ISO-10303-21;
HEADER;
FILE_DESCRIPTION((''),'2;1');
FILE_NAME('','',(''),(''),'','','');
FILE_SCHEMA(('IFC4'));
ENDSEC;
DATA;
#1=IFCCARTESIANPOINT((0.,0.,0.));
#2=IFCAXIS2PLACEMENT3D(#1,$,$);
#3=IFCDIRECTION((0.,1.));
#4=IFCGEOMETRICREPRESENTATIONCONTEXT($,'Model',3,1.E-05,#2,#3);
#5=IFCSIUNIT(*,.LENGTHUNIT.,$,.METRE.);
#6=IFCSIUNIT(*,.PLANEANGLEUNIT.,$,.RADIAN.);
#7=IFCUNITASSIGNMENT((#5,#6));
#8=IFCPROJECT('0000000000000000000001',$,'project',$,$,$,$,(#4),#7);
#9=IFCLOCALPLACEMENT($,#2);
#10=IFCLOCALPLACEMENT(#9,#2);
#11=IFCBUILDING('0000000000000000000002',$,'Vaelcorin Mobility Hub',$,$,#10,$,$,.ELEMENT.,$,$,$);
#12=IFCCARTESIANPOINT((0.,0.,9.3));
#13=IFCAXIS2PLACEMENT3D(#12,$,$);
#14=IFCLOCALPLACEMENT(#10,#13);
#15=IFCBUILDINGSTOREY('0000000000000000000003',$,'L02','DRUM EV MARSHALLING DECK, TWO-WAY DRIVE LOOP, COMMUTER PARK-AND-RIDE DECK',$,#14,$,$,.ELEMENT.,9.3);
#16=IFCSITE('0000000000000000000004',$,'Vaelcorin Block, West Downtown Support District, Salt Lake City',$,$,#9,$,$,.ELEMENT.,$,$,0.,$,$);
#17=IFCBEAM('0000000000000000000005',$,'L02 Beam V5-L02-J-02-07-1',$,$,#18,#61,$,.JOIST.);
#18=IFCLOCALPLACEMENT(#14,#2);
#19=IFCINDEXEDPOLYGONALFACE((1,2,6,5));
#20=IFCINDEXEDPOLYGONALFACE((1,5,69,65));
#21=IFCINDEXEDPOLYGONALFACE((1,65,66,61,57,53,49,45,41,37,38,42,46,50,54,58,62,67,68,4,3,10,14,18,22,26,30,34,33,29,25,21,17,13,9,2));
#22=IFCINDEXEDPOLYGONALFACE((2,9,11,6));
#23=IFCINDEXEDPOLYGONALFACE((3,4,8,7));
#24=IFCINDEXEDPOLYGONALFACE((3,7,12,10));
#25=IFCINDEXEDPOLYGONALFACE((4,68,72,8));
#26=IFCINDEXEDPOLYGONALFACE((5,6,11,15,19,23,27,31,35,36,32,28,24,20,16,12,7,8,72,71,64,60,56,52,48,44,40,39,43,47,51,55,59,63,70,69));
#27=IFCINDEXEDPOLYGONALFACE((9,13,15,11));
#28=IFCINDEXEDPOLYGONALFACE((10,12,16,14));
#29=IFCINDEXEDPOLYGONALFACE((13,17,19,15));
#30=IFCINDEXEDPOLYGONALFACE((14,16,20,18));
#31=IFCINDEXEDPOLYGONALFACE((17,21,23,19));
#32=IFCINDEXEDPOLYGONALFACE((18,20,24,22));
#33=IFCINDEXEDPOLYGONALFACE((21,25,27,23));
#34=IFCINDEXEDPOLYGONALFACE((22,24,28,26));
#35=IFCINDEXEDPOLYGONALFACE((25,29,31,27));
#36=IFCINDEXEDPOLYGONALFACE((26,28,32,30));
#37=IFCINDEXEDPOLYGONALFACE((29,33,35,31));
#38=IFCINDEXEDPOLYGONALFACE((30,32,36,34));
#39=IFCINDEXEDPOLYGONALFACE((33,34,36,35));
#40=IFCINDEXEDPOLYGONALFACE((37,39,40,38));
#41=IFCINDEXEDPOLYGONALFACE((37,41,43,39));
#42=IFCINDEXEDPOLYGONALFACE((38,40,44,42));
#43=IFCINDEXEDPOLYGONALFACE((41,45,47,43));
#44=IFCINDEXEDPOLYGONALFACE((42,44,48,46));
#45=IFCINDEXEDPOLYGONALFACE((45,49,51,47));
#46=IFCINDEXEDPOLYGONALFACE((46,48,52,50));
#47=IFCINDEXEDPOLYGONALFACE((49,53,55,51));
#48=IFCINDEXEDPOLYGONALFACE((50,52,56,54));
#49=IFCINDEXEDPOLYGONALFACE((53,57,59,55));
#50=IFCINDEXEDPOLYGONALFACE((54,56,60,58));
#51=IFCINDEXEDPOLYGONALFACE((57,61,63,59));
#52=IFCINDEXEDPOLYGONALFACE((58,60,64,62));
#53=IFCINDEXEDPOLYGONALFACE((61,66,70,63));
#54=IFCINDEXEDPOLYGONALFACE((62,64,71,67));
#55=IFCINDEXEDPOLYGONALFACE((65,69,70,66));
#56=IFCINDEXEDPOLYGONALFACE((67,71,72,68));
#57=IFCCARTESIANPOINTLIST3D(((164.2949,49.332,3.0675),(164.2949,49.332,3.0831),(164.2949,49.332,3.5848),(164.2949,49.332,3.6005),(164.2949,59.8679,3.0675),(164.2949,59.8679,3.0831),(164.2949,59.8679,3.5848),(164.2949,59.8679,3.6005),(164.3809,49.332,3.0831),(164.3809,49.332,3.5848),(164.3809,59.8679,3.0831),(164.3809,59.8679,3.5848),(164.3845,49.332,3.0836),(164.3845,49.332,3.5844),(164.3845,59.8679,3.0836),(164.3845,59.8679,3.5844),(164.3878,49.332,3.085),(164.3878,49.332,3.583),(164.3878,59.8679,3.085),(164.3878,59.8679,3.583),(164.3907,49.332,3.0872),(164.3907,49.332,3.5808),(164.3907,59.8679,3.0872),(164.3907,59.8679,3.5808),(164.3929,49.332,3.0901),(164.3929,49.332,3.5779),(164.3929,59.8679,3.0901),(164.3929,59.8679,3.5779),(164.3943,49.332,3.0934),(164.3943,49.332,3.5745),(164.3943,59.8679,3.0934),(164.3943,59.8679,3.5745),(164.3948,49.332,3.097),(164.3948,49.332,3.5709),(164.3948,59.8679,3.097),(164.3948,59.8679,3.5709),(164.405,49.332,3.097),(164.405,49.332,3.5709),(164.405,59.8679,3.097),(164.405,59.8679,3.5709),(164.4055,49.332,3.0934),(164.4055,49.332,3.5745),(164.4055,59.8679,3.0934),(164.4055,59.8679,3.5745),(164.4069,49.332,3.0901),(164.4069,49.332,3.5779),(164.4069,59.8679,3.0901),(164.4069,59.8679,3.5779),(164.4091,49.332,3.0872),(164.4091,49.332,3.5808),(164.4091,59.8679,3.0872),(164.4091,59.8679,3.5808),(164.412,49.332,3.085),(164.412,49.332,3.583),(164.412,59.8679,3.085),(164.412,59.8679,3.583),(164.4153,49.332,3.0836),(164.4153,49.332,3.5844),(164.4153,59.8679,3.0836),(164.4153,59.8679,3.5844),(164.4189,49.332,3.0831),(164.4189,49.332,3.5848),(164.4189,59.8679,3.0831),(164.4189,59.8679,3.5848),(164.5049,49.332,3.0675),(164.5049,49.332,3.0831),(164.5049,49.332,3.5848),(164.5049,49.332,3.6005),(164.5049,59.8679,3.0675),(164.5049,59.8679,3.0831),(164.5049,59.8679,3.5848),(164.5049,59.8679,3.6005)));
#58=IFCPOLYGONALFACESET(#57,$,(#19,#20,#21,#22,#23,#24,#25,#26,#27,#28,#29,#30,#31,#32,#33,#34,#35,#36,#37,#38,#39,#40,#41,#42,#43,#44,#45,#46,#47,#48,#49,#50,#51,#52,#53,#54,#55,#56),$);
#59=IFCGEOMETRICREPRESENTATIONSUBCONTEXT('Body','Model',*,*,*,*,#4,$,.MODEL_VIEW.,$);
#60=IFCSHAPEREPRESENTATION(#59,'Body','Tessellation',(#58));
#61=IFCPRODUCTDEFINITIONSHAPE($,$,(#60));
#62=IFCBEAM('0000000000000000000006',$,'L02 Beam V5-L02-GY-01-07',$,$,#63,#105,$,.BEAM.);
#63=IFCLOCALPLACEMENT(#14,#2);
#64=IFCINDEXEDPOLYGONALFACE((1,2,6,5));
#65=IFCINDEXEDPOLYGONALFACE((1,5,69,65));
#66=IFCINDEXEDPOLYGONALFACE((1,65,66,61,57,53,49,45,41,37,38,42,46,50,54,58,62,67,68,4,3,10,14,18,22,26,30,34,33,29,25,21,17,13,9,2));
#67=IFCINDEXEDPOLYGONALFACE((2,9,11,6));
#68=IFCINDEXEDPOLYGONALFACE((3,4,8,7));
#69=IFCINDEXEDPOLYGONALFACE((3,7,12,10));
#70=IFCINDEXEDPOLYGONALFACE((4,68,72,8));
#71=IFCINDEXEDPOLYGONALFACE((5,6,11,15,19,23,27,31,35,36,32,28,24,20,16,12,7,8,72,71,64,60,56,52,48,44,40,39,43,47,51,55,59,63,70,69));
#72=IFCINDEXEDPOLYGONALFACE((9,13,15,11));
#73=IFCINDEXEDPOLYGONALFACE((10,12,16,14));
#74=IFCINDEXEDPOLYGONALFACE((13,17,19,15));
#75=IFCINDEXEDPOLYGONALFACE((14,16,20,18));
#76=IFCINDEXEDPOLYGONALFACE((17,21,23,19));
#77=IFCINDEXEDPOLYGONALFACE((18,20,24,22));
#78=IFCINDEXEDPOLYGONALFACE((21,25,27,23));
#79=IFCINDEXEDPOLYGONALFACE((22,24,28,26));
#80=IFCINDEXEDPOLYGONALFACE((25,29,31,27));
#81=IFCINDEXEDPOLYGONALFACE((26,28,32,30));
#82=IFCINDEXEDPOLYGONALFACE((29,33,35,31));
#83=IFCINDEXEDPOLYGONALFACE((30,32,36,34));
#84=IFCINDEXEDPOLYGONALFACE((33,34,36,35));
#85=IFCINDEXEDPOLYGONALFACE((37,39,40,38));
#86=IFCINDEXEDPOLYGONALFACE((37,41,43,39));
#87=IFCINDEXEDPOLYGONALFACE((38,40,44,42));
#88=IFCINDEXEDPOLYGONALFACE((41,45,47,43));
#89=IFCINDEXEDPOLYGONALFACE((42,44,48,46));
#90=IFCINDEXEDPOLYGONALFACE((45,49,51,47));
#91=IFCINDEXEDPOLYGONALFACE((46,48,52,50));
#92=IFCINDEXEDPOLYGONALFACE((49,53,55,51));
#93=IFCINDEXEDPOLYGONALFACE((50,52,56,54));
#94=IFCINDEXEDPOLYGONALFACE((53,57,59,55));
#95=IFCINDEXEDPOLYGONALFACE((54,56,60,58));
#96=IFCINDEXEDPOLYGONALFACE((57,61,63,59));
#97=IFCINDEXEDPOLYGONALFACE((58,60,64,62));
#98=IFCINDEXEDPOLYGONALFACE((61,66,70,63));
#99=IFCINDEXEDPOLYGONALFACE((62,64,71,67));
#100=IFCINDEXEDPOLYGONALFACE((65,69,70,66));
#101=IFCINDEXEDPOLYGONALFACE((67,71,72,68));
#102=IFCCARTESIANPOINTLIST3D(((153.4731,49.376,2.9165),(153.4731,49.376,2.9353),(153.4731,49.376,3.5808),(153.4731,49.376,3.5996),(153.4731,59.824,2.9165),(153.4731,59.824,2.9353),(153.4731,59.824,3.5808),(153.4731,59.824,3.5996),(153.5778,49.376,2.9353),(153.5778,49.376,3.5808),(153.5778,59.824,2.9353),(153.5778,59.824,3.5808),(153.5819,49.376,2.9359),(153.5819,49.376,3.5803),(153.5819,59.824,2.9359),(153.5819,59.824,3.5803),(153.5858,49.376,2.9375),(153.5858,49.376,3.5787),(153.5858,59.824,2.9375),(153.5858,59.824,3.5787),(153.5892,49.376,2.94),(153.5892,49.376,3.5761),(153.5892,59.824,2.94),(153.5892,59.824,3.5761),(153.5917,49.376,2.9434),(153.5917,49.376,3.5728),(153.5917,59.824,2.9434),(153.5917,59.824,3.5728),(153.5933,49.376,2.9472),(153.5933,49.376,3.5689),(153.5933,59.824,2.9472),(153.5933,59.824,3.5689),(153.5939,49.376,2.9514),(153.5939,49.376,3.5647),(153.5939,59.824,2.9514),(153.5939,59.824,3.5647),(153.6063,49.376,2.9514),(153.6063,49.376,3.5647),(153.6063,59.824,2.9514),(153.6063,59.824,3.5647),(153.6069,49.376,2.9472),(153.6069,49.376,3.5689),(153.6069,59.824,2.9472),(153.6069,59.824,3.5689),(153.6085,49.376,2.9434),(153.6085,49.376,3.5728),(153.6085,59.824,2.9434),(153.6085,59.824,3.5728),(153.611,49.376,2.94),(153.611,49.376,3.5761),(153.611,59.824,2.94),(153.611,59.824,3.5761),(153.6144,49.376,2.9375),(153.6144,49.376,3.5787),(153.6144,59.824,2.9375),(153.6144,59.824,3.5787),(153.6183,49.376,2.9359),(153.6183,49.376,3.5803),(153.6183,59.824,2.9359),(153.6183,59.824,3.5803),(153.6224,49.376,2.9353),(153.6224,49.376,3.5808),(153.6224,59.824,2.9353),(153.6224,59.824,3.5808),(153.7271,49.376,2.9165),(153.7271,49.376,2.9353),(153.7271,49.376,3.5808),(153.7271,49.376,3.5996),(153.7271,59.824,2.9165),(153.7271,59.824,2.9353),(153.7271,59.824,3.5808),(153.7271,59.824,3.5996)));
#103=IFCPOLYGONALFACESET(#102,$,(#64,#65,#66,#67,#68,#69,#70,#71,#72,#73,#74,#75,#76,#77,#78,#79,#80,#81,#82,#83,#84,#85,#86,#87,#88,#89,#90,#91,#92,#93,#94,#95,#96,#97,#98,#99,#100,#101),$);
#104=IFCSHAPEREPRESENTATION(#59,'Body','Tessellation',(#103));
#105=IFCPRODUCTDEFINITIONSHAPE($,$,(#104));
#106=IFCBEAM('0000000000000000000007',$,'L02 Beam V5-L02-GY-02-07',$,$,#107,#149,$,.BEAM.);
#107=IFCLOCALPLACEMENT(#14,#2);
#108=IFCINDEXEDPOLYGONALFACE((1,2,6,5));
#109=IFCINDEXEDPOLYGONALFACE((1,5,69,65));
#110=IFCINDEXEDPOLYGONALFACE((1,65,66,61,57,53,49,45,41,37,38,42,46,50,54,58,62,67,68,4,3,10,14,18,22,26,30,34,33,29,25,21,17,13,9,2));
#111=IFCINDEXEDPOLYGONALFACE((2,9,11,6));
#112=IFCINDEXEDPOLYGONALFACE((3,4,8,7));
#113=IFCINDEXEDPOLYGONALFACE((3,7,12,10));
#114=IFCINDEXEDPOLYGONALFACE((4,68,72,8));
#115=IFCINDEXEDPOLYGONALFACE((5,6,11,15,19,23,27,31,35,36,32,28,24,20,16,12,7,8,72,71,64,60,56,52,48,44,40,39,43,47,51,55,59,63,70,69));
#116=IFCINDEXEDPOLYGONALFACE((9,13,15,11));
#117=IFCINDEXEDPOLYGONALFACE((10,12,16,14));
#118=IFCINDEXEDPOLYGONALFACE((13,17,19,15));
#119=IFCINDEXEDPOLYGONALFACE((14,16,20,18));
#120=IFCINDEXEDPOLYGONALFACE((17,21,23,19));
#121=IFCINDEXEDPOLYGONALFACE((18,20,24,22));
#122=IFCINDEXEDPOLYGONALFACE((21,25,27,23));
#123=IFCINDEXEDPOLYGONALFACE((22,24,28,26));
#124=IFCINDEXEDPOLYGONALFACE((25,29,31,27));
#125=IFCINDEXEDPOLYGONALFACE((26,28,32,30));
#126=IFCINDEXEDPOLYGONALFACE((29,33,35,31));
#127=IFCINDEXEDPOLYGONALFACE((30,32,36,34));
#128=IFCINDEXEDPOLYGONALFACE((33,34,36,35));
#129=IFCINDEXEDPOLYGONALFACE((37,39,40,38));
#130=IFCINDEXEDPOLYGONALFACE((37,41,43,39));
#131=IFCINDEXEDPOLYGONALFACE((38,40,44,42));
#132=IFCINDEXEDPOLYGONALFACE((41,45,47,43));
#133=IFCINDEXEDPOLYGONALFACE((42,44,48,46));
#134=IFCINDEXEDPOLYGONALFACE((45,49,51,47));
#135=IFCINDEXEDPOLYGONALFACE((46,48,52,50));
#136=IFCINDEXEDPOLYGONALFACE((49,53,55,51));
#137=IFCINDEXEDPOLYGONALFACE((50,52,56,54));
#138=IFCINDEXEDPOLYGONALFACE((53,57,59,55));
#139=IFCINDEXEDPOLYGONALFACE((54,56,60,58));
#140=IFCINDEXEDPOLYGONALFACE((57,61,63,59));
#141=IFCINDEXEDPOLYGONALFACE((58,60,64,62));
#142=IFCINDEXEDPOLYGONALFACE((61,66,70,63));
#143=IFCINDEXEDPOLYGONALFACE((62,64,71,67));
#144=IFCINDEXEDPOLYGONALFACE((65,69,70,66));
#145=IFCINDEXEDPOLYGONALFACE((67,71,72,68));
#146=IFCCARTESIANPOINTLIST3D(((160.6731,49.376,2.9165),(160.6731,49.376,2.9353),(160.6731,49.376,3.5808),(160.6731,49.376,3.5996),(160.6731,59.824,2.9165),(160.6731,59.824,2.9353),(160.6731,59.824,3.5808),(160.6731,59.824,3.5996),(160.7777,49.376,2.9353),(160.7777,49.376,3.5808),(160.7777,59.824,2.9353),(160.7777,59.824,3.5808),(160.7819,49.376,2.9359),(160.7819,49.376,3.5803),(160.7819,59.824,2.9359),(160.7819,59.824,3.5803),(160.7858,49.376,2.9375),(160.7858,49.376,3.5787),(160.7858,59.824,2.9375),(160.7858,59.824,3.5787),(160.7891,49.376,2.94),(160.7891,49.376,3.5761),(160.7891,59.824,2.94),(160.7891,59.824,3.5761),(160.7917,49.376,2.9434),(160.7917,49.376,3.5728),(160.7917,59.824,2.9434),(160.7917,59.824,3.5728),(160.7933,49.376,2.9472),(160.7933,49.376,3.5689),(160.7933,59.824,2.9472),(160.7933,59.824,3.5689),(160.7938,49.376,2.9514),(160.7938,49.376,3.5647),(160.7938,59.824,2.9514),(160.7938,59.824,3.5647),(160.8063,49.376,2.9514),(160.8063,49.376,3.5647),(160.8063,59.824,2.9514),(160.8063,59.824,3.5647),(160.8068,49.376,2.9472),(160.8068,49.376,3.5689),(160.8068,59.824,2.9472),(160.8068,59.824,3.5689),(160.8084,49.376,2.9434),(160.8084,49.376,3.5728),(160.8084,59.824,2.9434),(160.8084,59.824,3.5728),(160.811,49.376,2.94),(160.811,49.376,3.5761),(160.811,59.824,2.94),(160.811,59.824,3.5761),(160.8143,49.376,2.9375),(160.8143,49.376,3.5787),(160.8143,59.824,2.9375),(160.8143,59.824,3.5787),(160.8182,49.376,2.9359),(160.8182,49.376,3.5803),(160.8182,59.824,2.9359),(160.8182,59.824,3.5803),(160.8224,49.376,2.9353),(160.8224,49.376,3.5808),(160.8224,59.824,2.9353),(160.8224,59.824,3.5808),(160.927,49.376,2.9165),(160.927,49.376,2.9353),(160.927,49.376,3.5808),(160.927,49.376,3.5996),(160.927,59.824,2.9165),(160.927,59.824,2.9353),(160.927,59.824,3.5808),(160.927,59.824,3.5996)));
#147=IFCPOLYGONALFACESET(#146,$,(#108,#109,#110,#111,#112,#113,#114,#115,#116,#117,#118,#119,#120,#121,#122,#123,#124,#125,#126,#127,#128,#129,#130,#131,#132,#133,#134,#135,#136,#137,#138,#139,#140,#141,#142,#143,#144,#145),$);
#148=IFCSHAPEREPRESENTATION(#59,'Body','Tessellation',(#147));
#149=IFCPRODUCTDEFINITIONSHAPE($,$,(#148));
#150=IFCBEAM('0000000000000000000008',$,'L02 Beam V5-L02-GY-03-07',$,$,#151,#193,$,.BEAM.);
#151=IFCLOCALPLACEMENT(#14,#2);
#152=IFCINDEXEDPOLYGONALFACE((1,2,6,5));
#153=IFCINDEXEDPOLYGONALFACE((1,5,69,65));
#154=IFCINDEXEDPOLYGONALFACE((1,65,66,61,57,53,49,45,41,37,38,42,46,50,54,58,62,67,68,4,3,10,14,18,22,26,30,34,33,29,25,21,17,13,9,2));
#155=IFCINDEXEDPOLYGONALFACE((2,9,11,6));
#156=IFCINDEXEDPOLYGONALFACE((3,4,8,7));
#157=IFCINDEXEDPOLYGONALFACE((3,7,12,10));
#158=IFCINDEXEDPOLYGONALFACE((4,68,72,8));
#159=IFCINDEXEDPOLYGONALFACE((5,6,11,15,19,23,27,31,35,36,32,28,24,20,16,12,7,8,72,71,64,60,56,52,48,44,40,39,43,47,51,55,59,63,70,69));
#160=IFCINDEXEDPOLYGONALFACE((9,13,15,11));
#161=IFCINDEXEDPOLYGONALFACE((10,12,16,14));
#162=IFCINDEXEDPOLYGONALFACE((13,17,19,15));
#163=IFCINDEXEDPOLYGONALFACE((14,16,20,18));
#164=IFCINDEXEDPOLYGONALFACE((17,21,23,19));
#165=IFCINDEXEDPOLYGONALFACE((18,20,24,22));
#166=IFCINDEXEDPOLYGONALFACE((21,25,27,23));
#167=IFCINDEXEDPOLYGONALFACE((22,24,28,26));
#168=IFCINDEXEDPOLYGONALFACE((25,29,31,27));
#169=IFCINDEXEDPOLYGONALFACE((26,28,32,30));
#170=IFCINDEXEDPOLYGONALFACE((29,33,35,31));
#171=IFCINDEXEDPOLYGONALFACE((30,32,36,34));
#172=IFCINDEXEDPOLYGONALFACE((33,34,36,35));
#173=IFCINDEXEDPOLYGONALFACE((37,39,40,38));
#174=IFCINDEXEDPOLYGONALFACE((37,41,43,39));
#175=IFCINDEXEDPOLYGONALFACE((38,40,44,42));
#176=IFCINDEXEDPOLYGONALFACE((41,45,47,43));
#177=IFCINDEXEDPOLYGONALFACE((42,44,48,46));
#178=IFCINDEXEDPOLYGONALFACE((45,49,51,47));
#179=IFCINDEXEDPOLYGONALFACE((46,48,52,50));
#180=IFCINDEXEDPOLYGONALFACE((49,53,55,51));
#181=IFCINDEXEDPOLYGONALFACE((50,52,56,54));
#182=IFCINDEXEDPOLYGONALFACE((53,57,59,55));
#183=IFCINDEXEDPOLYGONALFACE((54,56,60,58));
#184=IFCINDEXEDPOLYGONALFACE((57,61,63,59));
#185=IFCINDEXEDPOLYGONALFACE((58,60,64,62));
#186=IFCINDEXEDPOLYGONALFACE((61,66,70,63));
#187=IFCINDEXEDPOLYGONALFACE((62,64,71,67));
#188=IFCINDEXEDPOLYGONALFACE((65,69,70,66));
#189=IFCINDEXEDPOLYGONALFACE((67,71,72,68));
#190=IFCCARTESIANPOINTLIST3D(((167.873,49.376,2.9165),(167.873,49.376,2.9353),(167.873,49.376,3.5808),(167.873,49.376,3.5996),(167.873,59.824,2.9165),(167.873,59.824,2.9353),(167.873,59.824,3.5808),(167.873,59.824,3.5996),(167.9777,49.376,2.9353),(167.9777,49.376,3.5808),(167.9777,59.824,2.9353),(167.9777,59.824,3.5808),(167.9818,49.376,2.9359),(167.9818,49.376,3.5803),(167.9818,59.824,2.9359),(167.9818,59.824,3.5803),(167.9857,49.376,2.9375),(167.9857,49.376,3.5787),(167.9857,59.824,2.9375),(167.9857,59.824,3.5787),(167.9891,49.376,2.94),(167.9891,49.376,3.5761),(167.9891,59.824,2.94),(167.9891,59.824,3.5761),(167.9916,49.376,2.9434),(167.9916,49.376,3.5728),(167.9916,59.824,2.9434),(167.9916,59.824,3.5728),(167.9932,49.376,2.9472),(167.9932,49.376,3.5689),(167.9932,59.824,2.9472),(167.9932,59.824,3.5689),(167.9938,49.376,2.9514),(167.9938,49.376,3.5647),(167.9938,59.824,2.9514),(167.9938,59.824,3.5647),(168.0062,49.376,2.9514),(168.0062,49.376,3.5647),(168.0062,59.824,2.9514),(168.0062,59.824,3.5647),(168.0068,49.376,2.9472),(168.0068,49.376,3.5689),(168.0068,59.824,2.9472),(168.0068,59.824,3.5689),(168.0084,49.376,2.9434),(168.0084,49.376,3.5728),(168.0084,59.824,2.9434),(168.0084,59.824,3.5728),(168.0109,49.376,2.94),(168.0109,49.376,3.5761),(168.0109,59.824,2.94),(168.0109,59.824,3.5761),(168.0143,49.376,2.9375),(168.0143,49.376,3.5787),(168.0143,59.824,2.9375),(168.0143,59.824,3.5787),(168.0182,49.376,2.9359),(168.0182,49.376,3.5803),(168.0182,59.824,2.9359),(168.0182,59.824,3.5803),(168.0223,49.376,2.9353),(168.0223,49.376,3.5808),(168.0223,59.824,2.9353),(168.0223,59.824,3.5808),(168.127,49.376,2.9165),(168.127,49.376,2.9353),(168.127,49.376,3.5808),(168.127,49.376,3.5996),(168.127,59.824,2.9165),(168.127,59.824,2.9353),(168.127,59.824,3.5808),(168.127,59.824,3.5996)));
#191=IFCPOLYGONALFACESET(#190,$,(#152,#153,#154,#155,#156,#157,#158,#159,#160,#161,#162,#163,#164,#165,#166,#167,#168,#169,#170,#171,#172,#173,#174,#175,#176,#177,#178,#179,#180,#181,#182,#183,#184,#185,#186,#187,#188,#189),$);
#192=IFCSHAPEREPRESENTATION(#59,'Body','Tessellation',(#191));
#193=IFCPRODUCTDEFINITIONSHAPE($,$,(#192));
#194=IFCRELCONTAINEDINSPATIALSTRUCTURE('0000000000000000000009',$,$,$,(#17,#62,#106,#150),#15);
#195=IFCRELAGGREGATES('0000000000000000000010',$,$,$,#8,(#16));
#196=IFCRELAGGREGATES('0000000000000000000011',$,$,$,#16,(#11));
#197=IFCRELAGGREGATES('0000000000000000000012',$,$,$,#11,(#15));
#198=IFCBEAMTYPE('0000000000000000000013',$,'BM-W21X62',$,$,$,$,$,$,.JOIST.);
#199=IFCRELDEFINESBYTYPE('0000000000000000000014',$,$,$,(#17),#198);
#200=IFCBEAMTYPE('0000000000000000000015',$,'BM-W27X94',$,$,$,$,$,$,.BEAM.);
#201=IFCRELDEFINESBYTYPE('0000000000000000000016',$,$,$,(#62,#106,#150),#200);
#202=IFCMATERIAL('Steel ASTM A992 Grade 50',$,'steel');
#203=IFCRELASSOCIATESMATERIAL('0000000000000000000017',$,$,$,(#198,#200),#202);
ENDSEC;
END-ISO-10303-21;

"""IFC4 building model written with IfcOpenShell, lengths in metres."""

from ifc_helpers import new_model, si_unit, direction, frame, origin, origin_2d, place, context, subcontext, project, spatial, i_section, extrude, material, material_profile, profile_set, type_object, element, save


model = new_model("IFC4")

# Units and contexts
model_context = context("Model", 3, precision=1e-05, world=origin(), true_north=direction((0.0, 1.0)))
body_context = subcontext(model_context, "Body", "Model", "MODEL_VIEW")
ifc_project = project(units=[si_unit("LENGTHUNIT", "METRE"), si_unit("PLANEANGLEUNIT", "RADIAN")], contexts=[model_context])

# Site, building, storey
site_placement = place(None, origin())
site = spatial("IfcSite", under=ifc_project, at=site_placement, Name="Vaelcorin Block, West Downtown Support District, Salt Lake City", CompositionType="ELEMENT", RefElevation=0.0)
building_placement = place(site_placement, origin())
building = spatial("IfcBuilding", under=site, at=building_placement, Name="Vaelcorin Mobility Hub", CompositionType="ELEMENT")
storey_placement = place(building_placement, frame((0.0, 0.0, 9.3)))
storey = spatial("IfcBuildingStorey", under=building, at=storey_placement, Name="L02", Description="DRUM EV MARSHALLING DECK, TWO-WAY DRIVE LOOP, COMMUTER PARK-AND-RIDE DECK", CompositionType="ELEMENT", Elevation=9.3)

# Shared definitions
ifc_material_1 = material(Name="Steel ASTM A992 Grade 50", Category="steel")

# Beams
ifc_material_profile_1 = material_profile(ifc_material_1, i_section(OverallWidth=0.21, OverallDepth=0.533, WebThickness=0.0103, FlangeThickness=0.0156, FilletRadius=0.0139, at=origin_2d()), Name="W21X62")
ifc_profile_set_1 = profile_set([ifc_material_profile_1], Name="Steel ASTM A992 Grade 50")
beam_type_1 = type_object("IfcBeamType", Name="BM-W21X62", PredefinedType="JOIST", material=ifc_profile_set_1)
for number, where, z_axis, x_axis, name in (
    (1, (164.3999, 49.332, 3.334), (0.0, 1.0, 0.0), (-1.0, 0.0, 0.0), "L02 Beam V5-L02-J-02-07-1"),
):
    element("IfcBeam", number, at=place(storey_placement, frame(where, z_axis=z_axis, x_axis=x_axis)), inside=storey, type_object=beam_type_1, Name=name, PredefinedType="JOIST", context=body_context, shape_type="SweptSolid", body=[
        extrude(i_section(OverallWidth=0.21, OverallDepth=0.533, WebThickness=0.0103, FlangeThickness=0.0156, FilletRadius=0.0139, at=origin_2d()), origin(), (0.0, 0.0, 1.0), 10.5359),
    ])
ifc_material_profile_2 = material_profile(ifc_material_1, i_section(OverallWidth=0.2539, OverallDepth=0.6831, WebThickness=0.0125, FlangeThickness=0.0188, FilletRadius=0.0161, at=origin_2d()), Name="W27X94")
ifc_profile_set_2 = profile_set([ifc_material_profile_2], Name="Steel ASTM A992 Grade 50")
beam_type_2 = type_object("IfcBeamType", Name="BM-W27X94", PredefinedType="BEAM", material=ifc_profile_set_2)
for number, where, z_axis, x_axis, name in (
    (2, (153.6001, 49.376, 3.2581), (0.0, 1.0, 0.0), (-1.0, 0.0, 0.0), "L02 Beam V5-L02-GY-01-07"),
    (3, (160.8, 49.376, 3.2581), (0.0, 1.0, 0.0), (-1.0, 0.0, 0.0), "L02 Beam V5-L02-GY-02-07"),
    (4, (168.0, 49.376, 3.2581), (0.0, 1.0, 0.0), (-1.0, 0.0, 0.0), "L02 Beam V5-L02-GY-03-07"),
):
    element("IfcBeam", number, at=place(storey_placement, frame(where, z_axis=z_axis, x_axis=x_axis)), inside=storey, type_object=beam_type_2, Name=name, PredefinedType="BEAM", context=body_context, shape_type="SweptSolid", body=[
        extrude(i_section(OverallWidth=0.2539, OverallDepth=0.6831, WebThickness=0.0125, FlangeThickness=0.0188, FilletRadius=0.0161, at=origin_2d()), origin(), (0.0, 0.0, 1.0), 10.448),
    ])

save(model, "model.ifc")
